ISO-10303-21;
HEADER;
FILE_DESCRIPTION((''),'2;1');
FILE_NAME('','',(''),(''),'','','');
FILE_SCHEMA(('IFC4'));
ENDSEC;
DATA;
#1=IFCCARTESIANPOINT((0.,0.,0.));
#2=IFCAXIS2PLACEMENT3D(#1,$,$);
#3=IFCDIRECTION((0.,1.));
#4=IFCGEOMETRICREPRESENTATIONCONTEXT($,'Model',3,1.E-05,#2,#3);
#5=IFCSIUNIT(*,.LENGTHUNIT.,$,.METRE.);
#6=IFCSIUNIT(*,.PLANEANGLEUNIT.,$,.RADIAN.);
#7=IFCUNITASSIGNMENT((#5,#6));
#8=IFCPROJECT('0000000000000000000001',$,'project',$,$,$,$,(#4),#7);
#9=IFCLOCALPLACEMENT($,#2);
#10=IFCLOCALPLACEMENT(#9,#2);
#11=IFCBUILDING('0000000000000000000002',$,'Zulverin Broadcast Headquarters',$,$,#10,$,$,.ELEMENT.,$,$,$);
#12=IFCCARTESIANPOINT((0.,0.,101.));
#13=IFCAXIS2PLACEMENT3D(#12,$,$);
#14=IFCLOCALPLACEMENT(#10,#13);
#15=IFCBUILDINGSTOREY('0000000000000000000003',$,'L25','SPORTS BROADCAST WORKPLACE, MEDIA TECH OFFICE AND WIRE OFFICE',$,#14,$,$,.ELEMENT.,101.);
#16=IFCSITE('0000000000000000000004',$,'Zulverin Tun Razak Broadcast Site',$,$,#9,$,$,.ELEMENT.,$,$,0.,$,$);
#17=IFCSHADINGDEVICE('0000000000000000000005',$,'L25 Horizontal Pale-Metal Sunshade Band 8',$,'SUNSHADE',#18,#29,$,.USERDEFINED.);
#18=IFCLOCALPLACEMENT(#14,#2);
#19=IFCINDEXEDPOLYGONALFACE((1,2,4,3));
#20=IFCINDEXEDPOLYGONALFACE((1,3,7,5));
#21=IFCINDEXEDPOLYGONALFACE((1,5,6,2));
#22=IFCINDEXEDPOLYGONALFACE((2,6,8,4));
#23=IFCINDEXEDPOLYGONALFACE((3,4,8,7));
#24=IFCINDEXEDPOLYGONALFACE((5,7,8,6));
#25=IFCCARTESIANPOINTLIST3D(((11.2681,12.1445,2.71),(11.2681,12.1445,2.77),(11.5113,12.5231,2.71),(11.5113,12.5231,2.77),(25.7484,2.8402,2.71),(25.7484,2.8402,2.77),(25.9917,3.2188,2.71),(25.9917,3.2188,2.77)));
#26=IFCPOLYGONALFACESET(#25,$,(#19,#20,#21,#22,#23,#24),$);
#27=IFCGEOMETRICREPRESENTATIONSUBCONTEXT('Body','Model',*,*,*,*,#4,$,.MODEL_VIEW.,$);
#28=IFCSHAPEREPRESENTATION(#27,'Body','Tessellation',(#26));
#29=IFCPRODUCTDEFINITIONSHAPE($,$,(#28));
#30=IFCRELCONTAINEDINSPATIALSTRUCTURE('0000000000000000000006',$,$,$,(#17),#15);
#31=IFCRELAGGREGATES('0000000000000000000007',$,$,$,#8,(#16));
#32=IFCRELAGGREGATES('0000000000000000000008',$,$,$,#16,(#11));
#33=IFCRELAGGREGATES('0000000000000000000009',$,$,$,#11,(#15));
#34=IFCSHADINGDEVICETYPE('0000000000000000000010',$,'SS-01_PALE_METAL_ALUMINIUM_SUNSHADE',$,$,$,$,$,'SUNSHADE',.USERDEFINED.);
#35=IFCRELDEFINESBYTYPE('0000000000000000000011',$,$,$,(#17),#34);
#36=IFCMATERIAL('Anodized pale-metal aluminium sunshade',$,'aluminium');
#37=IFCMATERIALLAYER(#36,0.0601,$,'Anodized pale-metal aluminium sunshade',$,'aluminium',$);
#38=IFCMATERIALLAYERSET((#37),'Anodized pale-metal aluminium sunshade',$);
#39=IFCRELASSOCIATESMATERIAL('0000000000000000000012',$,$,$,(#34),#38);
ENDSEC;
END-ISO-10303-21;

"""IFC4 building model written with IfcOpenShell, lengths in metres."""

from ifc_helpers import new_model, si_unit, direction, frame, origin, origin_2d, place, context, subcontext, project, spatial, rectangle, extrude, material, layer, layer_set, type_object, element, save


model = new_model("IFC4")

# Units and contexts
model_context = context("Model", 3, precision=1e-05, world=origin(), true_north=direction((0.0, 1.0)))
body_context = subcontext(model_context, "Body", "Model", "MODEL_VIEW")
ifc_project = project(units=[si_unit("LENGTHUNIT", "METRE"), si_unit("PLANEANGLEUNIT", "RADIAN")], contexts=[model_context])

# Site, building, storey
site_placement = place(None, origin())
site = spatial("IfcSite", under=ifc_project, at=site_placement, Name="Zulverin Tun Razak Broadcast Site", CompositionType="ELEMENT", RefElevation=0.0)
building_placement = place(site_placement, origin())
building = spatial("IfcBuilding", under=site, at=building_placement, Name="Zulverin Broadcast Headquarters", CompositionType="ELEMENT")
storey_placement = place(building_placement, frame((0.0, 0.0, 101.0)))
storey = spatial("IfcBuildingStorey", under=building, at=storey_placement, Name="L25", Description="SPORTS BROADCAST WORKPLACE, MEDIA TECH OFFICE AND WIRE OFFICE", CompositionType="ELEMENT", Elevation=101.0)

# Shading device
ifc_material_1 = material(Name="Anodized pale-metal aluminium sunshade", Category="aluminium")
ifc_layer_1 = layer(ifc_material_1, 0.0601, Name="Anodized pale-metal aluminium sunshade", Category="aluminium")
ifc_layer_set_1 = layer_set([ifc_layer_1], Name="Anodized pale-metal aluminium sunshade")
shading_device_type = type_object("IfcShadingDeviceType", Name="SS-01_PALE_METAL_ALUMINIUM_SUNSHADE", ElementType="SUNSHADE", PredefinedType="USERDEFINED", material=ifc_layer_set_1)
shading_device_placement = place(storey_placement, frame((18.6299, 7.6816, 2.71), z_axis=(0.0, 0.0, 1.0), x_axis=(0.841297, -0.540574, 0.0)))
element("IfcShadingDevice", 1, at=shading_device_placement, inside=storey, type_object=shading_device_type, Name="L25 Horizontal Pale-Metal Sunshade Band 8", ObjectType="SUNSHADE", PredefinedType="USERDEFINED", context=body_context, shape_type="SweptSolid", body=[
    extrude(rectangle(XDim=17.2119, YDim=0.45, at=origin_2d()), origin(), (0.0, 0.0, 1.0), 0.0601),
])

save(model, "model.ifc")
